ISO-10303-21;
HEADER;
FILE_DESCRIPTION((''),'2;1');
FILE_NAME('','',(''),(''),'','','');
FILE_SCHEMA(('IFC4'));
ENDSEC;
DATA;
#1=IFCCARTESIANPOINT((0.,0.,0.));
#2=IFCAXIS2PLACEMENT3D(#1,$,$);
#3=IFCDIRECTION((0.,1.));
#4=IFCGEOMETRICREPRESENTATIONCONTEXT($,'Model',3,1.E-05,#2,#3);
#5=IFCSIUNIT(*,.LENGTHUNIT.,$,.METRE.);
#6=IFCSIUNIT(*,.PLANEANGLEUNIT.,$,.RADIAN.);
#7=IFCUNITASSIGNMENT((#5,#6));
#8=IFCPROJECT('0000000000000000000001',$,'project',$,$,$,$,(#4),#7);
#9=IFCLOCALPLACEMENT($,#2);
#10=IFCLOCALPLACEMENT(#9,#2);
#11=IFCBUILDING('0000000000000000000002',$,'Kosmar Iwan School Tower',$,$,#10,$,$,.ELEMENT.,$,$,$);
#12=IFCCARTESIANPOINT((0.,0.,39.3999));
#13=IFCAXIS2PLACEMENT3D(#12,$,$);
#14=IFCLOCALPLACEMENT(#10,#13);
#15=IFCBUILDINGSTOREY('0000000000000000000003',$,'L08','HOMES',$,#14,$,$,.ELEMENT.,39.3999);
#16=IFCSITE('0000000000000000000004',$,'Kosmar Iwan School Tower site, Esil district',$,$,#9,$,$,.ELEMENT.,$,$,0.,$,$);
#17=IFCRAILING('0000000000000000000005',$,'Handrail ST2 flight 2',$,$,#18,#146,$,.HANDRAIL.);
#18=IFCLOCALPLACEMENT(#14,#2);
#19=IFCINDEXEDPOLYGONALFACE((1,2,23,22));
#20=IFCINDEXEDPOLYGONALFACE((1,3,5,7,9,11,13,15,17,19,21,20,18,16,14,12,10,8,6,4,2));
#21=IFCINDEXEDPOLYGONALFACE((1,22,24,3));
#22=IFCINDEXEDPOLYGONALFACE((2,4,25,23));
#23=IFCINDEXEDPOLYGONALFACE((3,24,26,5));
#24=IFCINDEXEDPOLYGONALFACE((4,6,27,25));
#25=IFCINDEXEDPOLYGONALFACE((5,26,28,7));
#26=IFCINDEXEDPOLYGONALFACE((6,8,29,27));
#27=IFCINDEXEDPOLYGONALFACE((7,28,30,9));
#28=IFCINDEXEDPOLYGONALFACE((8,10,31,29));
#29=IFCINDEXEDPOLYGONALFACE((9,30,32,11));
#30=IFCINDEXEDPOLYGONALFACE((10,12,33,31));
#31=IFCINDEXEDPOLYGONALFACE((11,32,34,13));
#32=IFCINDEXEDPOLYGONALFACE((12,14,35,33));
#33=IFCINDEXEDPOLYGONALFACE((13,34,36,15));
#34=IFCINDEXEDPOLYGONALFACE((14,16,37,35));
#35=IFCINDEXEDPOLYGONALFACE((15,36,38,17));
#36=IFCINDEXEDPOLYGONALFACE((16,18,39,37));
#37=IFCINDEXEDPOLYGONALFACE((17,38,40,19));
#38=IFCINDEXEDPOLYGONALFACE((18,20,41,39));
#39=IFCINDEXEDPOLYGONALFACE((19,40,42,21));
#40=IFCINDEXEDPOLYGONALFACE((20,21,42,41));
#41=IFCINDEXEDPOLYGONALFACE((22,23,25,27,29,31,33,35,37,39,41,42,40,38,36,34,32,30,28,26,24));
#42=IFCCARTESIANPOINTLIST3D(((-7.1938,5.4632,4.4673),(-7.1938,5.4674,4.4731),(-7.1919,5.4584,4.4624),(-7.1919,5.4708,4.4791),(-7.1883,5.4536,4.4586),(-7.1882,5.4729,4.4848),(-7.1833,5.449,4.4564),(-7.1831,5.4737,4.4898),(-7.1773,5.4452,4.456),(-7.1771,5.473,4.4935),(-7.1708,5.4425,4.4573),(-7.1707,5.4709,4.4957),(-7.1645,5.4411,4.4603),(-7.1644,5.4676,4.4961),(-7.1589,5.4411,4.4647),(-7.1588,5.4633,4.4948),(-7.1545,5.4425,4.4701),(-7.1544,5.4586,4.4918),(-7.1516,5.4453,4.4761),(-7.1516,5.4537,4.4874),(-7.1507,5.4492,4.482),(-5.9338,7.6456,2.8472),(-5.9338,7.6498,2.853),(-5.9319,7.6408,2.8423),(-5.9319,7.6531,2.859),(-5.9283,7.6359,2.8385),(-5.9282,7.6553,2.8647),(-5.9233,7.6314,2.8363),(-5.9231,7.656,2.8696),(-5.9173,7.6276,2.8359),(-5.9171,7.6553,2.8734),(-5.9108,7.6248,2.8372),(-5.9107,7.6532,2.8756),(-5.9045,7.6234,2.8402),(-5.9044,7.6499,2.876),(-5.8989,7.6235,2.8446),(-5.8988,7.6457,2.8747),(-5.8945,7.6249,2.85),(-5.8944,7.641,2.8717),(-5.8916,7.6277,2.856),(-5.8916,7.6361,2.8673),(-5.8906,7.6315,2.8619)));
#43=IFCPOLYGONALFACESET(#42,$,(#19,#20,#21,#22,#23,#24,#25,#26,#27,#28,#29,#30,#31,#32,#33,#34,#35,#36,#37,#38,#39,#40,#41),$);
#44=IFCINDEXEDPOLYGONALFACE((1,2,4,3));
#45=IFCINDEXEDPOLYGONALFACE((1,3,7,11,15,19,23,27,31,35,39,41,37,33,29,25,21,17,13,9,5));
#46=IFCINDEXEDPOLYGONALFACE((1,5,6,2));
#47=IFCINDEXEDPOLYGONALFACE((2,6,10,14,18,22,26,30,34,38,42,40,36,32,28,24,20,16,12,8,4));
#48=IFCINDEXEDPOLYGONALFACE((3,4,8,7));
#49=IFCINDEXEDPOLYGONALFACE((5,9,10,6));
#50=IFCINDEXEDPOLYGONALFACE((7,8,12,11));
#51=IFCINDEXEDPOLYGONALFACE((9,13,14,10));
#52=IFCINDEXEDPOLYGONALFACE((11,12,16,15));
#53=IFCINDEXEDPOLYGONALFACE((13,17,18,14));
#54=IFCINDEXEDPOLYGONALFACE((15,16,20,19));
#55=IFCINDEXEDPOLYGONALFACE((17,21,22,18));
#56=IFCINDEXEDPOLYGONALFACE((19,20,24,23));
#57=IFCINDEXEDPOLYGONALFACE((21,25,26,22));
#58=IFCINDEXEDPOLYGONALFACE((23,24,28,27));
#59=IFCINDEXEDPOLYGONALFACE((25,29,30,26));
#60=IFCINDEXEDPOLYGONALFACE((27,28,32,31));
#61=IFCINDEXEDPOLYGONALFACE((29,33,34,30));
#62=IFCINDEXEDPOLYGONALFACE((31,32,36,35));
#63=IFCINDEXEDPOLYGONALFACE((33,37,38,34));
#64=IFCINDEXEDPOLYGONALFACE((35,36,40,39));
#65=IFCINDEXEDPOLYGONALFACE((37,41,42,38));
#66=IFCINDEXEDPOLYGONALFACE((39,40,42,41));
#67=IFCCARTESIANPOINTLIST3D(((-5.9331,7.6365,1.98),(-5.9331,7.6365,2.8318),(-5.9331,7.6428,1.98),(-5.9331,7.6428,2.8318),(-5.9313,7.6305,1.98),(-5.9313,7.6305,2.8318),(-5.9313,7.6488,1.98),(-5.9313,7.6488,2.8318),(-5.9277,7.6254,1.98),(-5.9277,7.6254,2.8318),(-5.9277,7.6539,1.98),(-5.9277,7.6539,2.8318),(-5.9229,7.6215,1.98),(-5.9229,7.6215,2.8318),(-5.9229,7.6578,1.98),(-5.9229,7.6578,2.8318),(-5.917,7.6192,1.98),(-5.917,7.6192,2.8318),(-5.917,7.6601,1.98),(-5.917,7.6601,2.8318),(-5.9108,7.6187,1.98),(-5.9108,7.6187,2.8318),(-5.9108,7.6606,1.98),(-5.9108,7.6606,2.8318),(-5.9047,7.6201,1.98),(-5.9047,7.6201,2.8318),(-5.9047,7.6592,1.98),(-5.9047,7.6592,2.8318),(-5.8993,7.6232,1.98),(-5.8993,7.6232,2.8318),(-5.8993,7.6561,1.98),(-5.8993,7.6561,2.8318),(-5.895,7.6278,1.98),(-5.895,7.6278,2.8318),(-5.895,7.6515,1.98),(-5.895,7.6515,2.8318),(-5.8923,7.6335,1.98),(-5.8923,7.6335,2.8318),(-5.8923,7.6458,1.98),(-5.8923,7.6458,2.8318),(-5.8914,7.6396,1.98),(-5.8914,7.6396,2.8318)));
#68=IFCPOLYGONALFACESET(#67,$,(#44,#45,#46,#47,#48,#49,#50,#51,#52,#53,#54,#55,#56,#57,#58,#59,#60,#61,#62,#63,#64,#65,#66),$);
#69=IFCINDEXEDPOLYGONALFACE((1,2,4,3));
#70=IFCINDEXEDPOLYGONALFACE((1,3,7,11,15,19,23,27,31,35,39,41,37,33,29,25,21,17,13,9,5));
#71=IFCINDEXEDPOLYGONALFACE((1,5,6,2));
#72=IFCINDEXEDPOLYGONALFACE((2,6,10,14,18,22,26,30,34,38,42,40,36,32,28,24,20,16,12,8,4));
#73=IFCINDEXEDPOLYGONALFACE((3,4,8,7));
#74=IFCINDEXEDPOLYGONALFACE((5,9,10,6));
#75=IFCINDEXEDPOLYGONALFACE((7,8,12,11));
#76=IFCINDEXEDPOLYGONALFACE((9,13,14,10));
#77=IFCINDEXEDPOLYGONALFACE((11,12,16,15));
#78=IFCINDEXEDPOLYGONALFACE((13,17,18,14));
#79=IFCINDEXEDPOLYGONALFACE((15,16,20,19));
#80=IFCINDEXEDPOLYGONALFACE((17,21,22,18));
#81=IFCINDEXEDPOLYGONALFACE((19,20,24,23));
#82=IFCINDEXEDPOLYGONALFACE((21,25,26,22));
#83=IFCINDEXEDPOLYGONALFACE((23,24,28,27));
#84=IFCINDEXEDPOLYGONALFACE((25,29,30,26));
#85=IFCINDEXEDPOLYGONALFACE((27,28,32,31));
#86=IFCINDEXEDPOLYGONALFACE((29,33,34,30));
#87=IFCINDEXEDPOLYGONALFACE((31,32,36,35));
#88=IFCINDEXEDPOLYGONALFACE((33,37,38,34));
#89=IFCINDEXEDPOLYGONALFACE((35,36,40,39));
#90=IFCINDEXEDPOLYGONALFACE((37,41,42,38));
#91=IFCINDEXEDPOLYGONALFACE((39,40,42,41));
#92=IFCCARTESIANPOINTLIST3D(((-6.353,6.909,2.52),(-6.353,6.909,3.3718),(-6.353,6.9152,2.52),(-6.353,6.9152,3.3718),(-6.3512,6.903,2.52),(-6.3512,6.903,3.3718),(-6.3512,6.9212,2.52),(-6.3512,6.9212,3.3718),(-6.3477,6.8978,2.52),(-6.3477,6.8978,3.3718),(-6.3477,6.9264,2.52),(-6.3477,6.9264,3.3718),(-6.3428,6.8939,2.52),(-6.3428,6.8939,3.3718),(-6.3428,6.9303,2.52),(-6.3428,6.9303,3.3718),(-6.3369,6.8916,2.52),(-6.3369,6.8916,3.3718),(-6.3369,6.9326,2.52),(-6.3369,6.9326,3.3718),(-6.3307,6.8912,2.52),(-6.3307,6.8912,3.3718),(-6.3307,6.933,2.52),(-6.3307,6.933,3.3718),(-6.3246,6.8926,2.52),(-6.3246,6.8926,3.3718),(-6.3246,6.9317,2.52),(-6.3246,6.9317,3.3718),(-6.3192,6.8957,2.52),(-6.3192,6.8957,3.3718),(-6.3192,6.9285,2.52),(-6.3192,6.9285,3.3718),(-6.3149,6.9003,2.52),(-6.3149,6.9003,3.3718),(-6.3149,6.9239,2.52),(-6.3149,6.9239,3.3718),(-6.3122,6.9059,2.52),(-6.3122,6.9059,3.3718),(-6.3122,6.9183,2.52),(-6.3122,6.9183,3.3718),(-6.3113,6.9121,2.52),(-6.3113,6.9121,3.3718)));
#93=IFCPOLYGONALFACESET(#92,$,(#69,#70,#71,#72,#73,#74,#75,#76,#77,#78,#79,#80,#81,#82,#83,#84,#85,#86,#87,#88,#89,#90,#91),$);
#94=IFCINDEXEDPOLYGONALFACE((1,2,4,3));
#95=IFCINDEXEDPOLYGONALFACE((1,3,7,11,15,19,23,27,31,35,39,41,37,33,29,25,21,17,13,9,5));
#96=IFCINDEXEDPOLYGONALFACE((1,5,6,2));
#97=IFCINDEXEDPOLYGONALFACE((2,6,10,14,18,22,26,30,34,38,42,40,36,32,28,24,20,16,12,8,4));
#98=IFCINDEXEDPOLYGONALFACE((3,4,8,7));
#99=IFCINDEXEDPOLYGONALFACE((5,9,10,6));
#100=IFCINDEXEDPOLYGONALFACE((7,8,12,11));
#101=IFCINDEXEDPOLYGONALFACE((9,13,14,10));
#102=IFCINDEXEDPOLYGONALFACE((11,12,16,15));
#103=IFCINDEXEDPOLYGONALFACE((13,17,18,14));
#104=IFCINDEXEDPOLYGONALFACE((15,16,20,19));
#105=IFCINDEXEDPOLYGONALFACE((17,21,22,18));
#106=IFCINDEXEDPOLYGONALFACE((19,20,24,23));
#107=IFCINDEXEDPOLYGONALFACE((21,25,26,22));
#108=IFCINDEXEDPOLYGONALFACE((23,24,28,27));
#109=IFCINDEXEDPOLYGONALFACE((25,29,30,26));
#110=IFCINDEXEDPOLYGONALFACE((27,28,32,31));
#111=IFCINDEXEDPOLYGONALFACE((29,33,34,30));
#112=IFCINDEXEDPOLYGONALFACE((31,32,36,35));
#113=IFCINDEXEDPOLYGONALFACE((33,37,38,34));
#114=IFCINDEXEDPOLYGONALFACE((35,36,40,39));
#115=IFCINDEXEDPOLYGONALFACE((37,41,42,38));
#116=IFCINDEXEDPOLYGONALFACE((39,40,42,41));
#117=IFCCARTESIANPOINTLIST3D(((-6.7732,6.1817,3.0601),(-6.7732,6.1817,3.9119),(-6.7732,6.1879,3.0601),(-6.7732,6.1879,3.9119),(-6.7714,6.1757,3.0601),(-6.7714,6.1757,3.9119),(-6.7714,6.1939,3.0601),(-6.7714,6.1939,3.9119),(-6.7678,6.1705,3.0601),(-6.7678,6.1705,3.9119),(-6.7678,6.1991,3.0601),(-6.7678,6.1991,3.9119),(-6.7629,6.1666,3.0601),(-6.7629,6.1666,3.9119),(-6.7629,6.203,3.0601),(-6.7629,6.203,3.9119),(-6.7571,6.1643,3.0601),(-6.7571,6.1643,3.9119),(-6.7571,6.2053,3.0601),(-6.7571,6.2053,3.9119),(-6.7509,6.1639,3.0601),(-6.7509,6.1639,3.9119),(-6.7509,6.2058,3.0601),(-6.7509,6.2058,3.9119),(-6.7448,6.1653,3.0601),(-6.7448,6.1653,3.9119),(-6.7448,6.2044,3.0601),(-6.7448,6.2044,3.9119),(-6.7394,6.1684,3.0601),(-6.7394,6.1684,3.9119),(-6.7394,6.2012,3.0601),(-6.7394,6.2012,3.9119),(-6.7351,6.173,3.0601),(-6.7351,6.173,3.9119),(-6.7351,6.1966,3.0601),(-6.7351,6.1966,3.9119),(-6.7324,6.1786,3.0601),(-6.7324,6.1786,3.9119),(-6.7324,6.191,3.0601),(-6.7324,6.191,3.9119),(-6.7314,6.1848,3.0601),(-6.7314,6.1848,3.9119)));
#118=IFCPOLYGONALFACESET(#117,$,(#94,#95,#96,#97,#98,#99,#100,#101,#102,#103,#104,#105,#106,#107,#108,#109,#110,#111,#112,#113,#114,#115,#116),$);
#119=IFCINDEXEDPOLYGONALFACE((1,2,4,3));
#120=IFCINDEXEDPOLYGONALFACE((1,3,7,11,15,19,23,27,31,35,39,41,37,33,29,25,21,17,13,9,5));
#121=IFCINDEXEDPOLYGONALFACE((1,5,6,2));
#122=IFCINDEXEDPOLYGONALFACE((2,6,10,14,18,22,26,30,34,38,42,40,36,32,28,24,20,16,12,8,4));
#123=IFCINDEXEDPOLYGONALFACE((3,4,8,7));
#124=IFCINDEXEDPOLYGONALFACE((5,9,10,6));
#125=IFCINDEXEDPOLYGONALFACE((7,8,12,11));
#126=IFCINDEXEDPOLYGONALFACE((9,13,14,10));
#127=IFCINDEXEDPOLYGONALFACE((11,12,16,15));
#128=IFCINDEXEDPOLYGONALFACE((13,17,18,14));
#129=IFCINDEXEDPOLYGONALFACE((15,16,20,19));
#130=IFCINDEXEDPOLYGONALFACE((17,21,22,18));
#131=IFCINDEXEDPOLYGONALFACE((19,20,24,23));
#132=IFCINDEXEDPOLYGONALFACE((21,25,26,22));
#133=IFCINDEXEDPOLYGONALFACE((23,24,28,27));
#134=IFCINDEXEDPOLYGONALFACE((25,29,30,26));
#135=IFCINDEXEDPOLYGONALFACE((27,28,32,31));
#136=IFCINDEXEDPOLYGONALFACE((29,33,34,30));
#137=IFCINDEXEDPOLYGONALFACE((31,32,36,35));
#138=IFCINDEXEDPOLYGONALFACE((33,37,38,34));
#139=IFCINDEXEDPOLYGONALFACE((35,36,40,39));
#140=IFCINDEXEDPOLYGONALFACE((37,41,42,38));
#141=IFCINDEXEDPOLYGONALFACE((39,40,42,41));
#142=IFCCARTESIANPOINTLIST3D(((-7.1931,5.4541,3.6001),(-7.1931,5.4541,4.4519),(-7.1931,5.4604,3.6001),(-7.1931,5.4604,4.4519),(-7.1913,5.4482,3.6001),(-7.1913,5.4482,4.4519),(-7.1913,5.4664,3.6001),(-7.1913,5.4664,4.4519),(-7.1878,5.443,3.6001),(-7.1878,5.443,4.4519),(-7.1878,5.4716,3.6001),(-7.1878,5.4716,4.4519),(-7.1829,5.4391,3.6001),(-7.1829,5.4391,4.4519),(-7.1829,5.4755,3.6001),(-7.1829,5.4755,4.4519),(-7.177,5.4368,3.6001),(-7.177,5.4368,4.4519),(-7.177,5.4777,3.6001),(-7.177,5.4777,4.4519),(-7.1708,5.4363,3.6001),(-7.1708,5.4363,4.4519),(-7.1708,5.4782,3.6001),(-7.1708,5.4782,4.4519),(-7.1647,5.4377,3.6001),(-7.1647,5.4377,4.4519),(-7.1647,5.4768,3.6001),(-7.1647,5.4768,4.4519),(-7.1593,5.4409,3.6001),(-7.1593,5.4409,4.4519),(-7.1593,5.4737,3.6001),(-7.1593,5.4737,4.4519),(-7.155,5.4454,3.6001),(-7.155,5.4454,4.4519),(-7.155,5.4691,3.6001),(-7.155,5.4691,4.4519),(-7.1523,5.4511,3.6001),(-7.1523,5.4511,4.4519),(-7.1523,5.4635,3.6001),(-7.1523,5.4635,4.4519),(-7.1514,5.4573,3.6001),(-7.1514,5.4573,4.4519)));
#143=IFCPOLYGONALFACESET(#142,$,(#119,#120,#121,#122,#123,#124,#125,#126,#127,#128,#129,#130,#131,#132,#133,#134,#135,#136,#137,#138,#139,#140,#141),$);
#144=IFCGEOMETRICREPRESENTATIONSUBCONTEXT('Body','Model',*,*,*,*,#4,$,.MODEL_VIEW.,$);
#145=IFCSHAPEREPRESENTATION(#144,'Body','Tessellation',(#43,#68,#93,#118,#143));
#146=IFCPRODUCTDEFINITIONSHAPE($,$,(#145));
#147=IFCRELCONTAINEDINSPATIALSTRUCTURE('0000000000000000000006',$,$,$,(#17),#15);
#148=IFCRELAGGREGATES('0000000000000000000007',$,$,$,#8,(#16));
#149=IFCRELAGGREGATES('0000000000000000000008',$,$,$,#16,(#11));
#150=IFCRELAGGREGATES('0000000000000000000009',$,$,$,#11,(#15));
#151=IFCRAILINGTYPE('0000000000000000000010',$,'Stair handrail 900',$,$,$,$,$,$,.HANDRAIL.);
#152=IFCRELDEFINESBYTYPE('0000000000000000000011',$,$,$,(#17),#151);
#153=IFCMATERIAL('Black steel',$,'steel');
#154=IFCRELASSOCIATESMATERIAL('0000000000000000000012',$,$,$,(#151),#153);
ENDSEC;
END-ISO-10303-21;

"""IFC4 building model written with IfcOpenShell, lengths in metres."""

from ifc_helpers import new_model, si_unit, direction, frame, origin, origin_2d, place, context, subcontext, project, spatial, circle, extrude, material, type_object, element, save


model = new_model("IFC4")

# Units and contexts
model_context = context("Model", 3, precision=1e-05, world=origin(), true_north=direction((0.0, 1.0)))
body_context = subcontext(model_context, "Body", "Model", "MODEL_VIEW")
ifc_project = project(units=[si_unit("LENGTHUNIT", "METRE"), si_unit("PLANEANGLEUNIT", "RADIAN")], contexts=[model_context])

# Site, building, storey
site_placement = place(None, origin())
site = spatial("IfcSite", under=ifc_project, at=site_placement, Name="Kosmar Iwan School Tower site, Esil district", CompositionType="ELEMENT", RefElevation=0.0)
building_placement = place(site_placement, origin())
building = spatial("IfcBuilding", under=site, at=building_placement, Name="Kosmar Iwan School Tower", CompositionType="ELEMENT")
storey_placement = place(building_placement, frame((0.0, 0.0, 39.3999)))
storey = spatial("IfcBuildingStorey", under=building, at=storey_placement, Name="L08", Description="HOMES", CompositionType="ELEMENT", Elevation=39.3999)

# Railing
ifc_material_1 = material(Name="Black steel", Category="steel")
railing_type = type_object("IfcRailingType", Name="Stair handrail 900", PredefinedType="HANDRAIL", material=ifc_material_1)
railing_placement = place(storey_placement, frame((-5.9124, 7.6396, 1.98)))
element("IfcRailing", 1, at=railing_placement, inside=storey, type_object=railing_type, Name="Handrail ST2 flight 2", PredefinedType="HANDRAIL", context=body_context, shape_type="SweptSolid", body=[
    extrude(circle(Radius=0.0239, at=origin_2d()), frame((0.0, 0.0, 0.876), z_axis=(-0.420584, -0.728464, 0.540786), x_axis=(0.866023, -0.500005, 0.0)), (0.0, 0.0, 1.0), 2.9958),
    extrude(circle(Radius=0.021, at=origin_2d()), origin(), (0.0, 0.0, 1.0), 0.8518),
    extrude(circle(Radius=0.021, at=origin_2d()), frame((-0.4199, -0.7275, 0.54)), (0.0, 0.0, 1.0), 0.8518),
    extrude(circle(Radius=0.021, at=origin_2d()), frame((-0.8401, -1.4548, 1.0801)), (0.0, 0.0, 1.0), 0.8518),
    extrude(circle(Radius=0.021, at=origin_2d()), frame((-1.26, -2.1824, 1.6201)), (0.0, 0.0, 1.0), 0.8518),
])

save(model, "model.ifc")
